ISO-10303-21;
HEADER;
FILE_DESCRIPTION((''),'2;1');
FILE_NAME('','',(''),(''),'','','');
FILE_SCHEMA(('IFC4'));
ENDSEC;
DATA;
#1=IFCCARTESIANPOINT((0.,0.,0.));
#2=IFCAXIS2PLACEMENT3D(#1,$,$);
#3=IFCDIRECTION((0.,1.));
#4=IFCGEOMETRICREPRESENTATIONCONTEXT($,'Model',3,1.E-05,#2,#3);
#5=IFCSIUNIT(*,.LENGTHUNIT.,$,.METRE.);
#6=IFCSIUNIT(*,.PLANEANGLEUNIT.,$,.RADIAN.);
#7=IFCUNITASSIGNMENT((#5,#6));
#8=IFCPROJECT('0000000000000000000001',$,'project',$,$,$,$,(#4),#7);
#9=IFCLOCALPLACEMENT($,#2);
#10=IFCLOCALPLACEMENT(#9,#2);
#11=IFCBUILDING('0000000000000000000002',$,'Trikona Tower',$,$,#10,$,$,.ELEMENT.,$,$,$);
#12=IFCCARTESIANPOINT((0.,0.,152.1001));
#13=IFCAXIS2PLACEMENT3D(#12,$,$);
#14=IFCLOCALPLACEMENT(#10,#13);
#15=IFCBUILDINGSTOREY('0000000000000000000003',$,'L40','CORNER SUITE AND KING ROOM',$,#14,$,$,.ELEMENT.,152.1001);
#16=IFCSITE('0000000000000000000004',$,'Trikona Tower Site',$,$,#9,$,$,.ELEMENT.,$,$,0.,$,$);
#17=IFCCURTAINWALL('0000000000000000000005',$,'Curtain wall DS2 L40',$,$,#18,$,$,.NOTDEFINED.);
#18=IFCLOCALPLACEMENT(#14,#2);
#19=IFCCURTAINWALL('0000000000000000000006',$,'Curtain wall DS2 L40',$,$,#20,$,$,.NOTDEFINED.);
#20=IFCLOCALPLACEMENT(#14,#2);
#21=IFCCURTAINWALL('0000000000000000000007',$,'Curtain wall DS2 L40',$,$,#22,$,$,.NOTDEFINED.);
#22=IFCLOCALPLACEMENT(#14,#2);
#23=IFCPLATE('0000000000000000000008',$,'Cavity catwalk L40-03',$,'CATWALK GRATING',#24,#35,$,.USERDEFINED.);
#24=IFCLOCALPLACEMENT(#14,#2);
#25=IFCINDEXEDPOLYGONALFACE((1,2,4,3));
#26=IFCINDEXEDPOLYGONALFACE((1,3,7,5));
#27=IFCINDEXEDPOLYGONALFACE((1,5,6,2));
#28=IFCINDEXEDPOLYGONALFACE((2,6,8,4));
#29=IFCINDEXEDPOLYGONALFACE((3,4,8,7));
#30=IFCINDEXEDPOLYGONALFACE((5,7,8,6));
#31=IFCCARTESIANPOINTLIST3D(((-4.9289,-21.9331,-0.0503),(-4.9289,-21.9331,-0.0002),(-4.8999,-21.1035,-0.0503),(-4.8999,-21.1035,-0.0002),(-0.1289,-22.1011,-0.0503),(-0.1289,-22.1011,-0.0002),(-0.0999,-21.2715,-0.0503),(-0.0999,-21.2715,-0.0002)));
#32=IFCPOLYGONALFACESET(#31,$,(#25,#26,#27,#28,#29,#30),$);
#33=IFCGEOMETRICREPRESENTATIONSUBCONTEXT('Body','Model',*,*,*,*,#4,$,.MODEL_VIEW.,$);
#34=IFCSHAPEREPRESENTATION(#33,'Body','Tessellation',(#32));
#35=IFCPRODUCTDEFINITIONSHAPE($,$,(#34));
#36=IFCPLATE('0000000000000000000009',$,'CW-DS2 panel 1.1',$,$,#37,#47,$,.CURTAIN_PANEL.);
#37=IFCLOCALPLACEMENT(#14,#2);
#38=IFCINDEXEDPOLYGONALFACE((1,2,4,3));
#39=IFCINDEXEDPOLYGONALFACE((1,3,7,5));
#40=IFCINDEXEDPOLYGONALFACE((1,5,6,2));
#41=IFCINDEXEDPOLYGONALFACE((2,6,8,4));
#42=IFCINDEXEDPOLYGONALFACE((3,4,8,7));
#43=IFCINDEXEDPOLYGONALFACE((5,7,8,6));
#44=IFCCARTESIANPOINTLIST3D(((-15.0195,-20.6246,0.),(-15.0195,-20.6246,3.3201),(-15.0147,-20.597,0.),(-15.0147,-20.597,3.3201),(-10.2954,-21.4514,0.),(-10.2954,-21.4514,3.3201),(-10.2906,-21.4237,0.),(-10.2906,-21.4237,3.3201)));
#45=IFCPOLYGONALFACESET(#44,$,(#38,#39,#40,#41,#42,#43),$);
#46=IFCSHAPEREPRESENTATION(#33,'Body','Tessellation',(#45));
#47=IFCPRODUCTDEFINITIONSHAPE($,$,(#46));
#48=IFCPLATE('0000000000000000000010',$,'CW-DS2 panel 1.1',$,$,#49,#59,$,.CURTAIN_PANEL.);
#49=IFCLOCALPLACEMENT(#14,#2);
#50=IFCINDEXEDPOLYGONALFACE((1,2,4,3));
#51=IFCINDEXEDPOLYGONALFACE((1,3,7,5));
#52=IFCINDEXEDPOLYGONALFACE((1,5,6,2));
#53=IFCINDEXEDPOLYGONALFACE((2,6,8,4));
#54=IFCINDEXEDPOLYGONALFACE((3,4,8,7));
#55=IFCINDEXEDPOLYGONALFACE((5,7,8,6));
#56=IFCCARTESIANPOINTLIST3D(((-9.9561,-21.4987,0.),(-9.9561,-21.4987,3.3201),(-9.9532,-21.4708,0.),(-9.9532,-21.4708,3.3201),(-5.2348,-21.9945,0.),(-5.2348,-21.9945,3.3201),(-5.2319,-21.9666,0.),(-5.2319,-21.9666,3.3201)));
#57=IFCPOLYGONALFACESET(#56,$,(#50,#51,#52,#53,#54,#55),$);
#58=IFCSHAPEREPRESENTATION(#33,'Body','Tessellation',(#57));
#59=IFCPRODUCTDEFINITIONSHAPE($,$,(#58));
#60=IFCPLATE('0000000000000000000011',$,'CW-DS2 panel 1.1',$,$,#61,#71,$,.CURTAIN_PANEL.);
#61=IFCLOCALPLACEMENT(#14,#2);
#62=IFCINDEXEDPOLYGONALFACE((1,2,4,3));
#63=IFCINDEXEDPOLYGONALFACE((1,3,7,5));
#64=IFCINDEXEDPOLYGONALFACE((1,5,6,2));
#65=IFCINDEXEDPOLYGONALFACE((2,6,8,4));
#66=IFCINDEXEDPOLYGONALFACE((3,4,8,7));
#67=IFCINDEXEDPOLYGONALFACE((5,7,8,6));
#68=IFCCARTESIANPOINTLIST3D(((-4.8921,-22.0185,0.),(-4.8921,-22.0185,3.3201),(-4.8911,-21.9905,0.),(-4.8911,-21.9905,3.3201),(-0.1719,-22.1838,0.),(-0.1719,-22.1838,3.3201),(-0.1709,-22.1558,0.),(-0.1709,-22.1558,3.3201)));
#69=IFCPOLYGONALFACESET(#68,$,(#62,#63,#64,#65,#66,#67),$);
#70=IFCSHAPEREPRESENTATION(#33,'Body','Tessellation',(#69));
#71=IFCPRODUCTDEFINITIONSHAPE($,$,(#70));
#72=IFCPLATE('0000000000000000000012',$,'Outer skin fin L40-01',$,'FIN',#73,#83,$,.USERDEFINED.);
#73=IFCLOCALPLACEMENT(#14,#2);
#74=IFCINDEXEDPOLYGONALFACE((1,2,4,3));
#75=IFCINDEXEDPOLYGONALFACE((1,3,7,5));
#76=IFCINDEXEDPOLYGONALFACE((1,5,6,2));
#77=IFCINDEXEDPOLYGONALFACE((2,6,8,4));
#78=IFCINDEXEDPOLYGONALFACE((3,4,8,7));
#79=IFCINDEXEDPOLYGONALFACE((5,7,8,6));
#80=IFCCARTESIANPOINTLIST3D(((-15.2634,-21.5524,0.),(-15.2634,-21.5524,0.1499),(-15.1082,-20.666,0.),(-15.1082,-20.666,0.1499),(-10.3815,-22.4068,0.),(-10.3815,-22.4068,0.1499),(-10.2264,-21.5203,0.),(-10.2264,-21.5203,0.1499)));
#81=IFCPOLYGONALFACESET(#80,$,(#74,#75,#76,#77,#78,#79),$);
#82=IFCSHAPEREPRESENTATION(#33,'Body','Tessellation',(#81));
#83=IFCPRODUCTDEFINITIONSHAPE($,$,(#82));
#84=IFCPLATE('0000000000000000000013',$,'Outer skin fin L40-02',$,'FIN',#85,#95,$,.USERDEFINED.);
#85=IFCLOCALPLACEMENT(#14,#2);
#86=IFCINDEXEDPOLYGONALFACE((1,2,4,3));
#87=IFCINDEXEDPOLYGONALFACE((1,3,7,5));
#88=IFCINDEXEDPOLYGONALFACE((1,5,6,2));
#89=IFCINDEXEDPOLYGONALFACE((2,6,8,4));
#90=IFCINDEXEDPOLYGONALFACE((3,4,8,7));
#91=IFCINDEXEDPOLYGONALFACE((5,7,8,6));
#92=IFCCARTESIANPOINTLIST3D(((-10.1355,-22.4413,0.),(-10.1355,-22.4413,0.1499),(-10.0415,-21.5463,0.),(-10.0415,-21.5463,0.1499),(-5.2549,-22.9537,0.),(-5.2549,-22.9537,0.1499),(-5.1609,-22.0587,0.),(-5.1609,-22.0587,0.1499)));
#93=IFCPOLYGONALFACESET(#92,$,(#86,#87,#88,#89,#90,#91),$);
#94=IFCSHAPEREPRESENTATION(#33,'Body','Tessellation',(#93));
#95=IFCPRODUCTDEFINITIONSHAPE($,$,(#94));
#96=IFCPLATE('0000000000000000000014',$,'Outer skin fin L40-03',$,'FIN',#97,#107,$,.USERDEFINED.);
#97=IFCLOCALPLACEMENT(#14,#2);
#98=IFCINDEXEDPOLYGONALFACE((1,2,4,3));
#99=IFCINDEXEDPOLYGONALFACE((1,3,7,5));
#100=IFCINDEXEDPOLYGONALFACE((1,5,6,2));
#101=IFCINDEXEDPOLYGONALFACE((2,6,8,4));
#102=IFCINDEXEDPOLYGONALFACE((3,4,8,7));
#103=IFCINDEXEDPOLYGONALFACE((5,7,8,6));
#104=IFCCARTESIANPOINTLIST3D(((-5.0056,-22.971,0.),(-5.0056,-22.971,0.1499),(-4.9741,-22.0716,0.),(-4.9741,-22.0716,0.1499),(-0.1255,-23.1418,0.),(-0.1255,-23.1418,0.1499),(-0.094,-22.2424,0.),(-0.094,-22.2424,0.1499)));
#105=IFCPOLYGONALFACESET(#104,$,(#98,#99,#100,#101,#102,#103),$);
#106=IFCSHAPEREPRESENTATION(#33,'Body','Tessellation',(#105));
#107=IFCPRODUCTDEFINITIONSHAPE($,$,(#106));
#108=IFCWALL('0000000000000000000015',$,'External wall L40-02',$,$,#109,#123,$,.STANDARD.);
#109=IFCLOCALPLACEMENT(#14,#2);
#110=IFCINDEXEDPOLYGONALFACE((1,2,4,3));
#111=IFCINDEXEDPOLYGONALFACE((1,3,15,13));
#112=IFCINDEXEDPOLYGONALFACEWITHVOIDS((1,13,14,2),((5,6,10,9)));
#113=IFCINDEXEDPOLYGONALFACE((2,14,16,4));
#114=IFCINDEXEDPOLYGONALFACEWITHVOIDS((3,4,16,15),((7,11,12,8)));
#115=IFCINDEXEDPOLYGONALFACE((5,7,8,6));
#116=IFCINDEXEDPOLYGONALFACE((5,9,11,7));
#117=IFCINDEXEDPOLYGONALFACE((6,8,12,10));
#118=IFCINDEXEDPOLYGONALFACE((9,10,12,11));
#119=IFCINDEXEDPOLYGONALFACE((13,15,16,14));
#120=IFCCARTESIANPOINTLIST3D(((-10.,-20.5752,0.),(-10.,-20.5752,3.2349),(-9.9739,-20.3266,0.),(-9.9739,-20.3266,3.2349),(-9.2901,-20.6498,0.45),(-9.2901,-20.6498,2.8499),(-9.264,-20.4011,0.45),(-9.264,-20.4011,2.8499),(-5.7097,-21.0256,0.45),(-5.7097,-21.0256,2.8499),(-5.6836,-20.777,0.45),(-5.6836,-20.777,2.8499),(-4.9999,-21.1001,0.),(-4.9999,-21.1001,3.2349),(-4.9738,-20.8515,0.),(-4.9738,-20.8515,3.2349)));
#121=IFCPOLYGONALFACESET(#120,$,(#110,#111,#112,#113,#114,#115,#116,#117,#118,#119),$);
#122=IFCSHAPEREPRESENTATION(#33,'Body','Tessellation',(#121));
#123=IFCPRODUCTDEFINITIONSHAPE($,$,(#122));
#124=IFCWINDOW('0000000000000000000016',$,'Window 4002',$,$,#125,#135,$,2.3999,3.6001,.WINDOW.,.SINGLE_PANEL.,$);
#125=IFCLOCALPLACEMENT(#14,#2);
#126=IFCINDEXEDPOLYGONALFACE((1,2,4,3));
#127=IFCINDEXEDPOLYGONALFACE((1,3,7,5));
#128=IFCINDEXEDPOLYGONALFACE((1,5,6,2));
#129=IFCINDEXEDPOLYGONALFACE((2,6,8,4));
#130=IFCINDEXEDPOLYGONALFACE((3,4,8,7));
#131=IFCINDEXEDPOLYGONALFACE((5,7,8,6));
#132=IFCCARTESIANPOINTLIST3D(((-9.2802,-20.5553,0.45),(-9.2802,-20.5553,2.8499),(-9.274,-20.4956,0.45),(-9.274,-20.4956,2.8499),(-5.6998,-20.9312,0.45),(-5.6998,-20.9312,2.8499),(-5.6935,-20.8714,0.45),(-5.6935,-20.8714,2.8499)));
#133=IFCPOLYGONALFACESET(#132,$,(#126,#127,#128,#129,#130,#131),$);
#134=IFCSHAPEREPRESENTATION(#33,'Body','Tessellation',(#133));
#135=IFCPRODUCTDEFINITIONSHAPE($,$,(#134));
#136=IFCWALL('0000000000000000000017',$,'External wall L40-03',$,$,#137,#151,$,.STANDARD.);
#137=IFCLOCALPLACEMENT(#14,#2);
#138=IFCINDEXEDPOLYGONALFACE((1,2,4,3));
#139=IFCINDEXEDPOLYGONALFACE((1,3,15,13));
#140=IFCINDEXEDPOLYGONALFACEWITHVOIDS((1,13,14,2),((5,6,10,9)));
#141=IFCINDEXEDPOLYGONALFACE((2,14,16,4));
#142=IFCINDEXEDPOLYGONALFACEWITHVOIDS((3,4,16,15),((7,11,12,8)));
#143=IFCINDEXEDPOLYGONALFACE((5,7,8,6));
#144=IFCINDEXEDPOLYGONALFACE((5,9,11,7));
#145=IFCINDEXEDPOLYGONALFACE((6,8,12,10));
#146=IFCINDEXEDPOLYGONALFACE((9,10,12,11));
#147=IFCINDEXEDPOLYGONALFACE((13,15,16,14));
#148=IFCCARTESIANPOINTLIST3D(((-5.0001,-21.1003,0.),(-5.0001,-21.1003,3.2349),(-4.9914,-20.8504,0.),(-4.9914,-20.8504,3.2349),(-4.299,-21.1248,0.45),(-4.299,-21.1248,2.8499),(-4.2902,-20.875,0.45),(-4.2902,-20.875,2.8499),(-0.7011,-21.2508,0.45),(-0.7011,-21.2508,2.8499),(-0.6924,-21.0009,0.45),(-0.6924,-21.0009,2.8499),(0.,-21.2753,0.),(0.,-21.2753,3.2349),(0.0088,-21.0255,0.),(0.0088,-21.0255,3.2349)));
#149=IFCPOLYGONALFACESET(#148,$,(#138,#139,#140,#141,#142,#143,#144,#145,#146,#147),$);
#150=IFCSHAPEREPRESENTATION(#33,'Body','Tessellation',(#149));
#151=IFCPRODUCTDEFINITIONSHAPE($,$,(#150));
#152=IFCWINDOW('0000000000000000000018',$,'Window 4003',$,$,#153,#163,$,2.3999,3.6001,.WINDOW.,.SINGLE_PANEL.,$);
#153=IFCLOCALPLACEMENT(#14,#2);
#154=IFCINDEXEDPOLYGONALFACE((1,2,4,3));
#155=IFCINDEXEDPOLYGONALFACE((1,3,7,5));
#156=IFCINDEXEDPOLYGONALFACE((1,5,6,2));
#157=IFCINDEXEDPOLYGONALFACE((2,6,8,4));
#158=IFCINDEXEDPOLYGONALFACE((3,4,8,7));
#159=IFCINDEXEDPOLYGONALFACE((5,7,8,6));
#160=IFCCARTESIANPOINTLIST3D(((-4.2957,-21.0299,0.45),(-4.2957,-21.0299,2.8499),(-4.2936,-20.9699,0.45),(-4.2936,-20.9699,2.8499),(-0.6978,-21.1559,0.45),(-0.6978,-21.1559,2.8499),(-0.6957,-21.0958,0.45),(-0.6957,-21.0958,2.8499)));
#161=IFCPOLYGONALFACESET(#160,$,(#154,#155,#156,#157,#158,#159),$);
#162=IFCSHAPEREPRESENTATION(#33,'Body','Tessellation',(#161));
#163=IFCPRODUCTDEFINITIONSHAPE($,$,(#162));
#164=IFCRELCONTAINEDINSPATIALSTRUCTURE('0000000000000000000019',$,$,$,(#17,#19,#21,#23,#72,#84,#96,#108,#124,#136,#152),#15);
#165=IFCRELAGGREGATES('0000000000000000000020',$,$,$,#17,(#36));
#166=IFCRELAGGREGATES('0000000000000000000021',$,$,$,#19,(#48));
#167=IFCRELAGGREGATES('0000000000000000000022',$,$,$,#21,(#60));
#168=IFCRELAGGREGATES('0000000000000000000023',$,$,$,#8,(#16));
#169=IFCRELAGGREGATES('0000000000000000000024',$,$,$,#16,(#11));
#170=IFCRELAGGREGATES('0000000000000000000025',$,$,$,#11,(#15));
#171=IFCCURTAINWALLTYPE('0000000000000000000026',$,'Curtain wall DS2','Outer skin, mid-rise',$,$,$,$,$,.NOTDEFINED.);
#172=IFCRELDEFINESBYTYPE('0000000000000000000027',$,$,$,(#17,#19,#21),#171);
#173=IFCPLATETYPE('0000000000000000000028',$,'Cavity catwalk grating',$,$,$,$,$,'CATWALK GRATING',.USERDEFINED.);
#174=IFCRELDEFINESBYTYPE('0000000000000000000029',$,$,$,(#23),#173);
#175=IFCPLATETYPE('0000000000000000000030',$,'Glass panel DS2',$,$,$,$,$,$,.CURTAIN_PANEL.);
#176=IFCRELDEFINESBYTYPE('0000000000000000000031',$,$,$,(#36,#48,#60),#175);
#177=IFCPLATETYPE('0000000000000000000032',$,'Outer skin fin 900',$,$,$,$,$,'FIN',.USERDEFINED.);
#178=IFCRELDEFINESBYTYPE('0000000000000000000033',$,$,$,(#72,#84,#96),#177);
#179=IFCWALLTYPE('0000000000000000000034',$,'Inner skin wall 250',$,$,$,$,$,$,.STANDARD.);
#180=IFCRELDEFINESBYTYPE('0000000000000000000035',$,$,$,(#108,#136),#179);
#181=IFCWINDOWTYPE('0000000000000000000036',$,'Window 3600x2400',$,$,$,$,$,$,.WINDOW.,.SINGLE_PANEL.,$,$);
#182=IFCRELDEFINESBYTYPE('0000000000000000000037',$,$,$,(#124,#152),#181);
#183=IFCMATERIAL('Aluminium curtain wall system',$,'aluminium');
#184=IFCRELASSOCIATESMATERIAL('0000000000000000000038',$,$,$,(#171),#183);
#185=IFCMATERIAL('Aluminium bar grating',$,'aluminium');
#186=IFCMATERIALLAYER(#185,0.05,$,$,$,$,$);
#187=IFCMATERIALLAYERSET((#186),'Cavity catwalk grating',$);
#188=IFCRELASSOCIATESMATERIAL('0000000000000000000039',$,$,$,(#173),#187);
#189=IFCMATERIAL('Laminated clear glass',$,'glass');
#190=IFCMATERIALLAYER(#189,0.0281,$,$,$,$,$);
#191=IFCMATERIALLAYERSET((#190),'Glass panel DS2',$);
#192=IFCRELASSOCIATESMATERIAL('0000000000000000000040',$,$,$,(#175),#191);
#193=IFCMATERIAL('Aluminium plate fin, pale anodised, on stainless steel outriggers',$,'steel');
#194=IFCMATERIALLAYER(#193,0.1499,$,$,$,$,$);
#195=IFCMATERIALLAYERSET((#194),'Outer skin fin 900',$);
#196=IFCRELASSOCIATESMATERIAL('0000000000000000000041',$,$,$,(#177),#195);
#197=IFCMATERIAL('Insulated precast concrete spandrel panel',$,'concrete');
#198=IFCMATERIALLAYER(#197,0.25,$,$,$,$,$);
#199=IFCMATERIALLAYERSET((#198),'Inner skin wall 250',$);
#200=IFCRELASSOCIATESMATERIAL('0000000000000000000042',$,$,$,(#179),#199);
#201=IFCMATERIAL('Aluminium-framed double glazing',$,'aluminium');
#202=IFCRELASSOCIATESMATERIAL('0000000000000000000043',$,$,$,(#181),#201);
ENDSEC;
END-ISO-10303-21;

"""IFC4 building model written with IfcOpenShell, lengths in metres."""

from ifc_helpers import new_model, si_unit, direction, frame, frame_2d, origin, origin_2d, place, context, subcontext, project, spatial, rectangle, extrude, material, layer, layer_set, type_object, element, fill, aggregate, save


model = new_model("IFC4")

# Units and contexts
model_context = context("Model", 3, precision=1e-05, world=origin(), true_north=direction((0.0, 1.0)))
body_context = subcontext(model_context, "Body", "Model", "MODEL_VIEW")
ifc_project = project(units=[si_unit("LENGTHUNIT", "METRE"), si_unit("PLANEANGLEUNIT", "RADIAN")], contexts=[model_context])

# Site, building, storey
site_placement = place(None, origin())
site = spatial("IfcSite", under=ifc_project, at=site_placement, Name="Trikona Tower Site", CompositionType="ELEMENT", RefElevation=0.0)
building_placement = place(site_placement, origin())
building = spatial("IfcBuilding", under=site, at=building_placement, Name="Trikona Tower", CompositionType="ELEMENT")
storey_placement = place(building_placement, frame((0.0, 0.0, 152.1001)))
storey = spatial("IfcBuildingStorey", under=building, at=storey_placement, Name="L40", Description="CORNER SUITE AND KING ROOM", CompositionType="ELEMENT", Elevation=152.1001)

# Curtain wall
ifc_material_1 = material(Name="Aluminium curtain wall system", Category="aluminium")
curtain_wall_type = type_object("IfcCurtainWallType", Name="Curtain wall DS2", Description="Outer skin, mid-rise", PredefinedType="NOTDEFINED", material=ifc_material_1)
curtain_wall_1_placement = place(storey_placement, origin())
curtain_wall_1 = element("IfcCurtainWall", 1, at=curtain_wall_1_placement, inside=storey, type_object=curtain_wall_type, Name="Curtain wall DS2 L40", PredefinedType="NOTDEFINED")

# Curtain walls
curtain_wall_2_placement = place(storey_placement, origin())
curtain_wall_2 = element("IfcCurtainWall", 2, at=curtain_wall_2_placement, inside=storey, type_object=curtain_wall_type, Name="Curtain wall DS2 L40", PredefinedType="NOTDEFINED")
curtain_wall_3_placement = place(storey_placement, origin())
curtain_wall_3 = element("IfcCurtainWall", 3, at=curtain_wall_3_placement, inside=storey, type_object=curtain_wall_type, Name="Curtain wall DS2 L40", PredefinedType="NOTDEFINED")

# Plate
ifc_material_2 = material(Name="Aluminium bar grating", Category="aluminium")
ifc_layer_1 = layer(ifc_material_2, 0.05)
ifc_layer_set_1 = layer_set([ifc_layer_1], Name="Cavity catwalk grating")
plate_type_1 = type_object("IfcPlateType", Name="Cavity catwalk grating", ElementType="CATWALK GRATING", PredefinedType="USERDEFINED", material=ifc_layer_set_1)
plate_1_placement = place(storey_placement, frame((-2.5144, -21.6023, -0.0503), z_axis=(0.0, 0.0, 1.0), x_axis=(0.999388, -0.034978, 0.0)))
element("IfcPlate", 4, at=plate_1_placement, inside=storey, type_object=plate_type_1, Name="Cavity catwalk L40-03", ObjectType="CATWALK GRATING", PredefinedType="USERDEFINED", context=body_context, shape_type="SweptSolid", body=[
    extrude(rectangle(XDim=4.803, YDim=0.8301, at=origin_2d()), origin(), (0.0, 0.0, 1.0), 0.05),
])

# Plates
ifc_material_3 = material(Name="Laminated clear glass", Category="glass")
ifc_layer_2 = layer(ifc_material_3, 0.0281)
ifc_layer_set_2 = layer_set([ifc_layer_2], Name="Glass panel DS2")
plate_type_2 = type_object("IfcPlateType", Name="Glass panel DS2", PredefinedType="CURTAIN_PANEL", material=ifc_layer_set_2)
plate_2_placement = place(storey_placement, frame((-12.655, -21.0242, 0.0), z_axis=(0.0, 0.0, 1.0), x_axis=(0.985031, -0.172377, 0.0)))
plate_2 = element("IfcPlate", 5, at=plate_2_placement, type_object=plate_type_2, Name="CW-DS2 panel 1.1", PredefinedType="CURTAIN_PANEL", context=body_context, shape_type="SweptSolid", body=[
    extrude(rectangle(XDim=4.7959, YDim=0.0281, at=origin_2d()), origin(), (0.0, 0.0, 1.0), 3.3201),
])
aggregate(curtain_wall_1, [plate_2])
plate_3_placement = place(storey_placement, frame((-7.594, -21.7327, 0.0), z_axis=(0.0, 0.0, 1.0), x_axis=(0.994532, -0.104433, 0.0)))
plate_3 = element("IfcPlate", 6, at=plate_3_placement, type_object=plate_type_2, Name="CW-DS2 panel 1.1", PredefinedType="CURTAIN_PANEL", context=body_context, shape_type="SweptSolid", body=[
    extrude(rectangle(XDim=4.7473, YDim=0.0281, at=origin_2d()), origin(), (0.0, 0.0, 1.0), 3.3201),
])
aggregate(curtain_wall_2, [plate_3])
plate_4_placement = place(storey_placement, frame((-2.5315, -22.0872, 0.0), z_axis=(0.0, 0.0, 1.0), x_axis=(0.999387, -0.034998, 0.0)))
plate_4 = element("IfcPlate", 7, at=plate_4_placement, type_object=plate_type_2, Name="CW-DS2 panel 1.1", PredefinedType="CURTAIN_PANEL", context=body_context, shape_type="SweptSolid", body=[
    extrude(rectangle(XDim=4.7231, YDim=0.0281, at=origin_2d()), origin(), (0.0, 0.0, 1.0), 3.3201),
])
aggregate(curtain_wall_3, [plate_4])

# Plates
ifc_material_4 = material(Name="Aluminium plate fin, pale anodised, on stainless steel outriggers", Category="steel")
ifc_layer_3 = layer(ifc_material_4, 0.1499)
ifc_layer_set_3 = layer_set([ifc_layer_3], Name="Outer skin fin 900")
plate_type_3 = type_object("IfcPlateType", Name="Outer skin fin 900", ElementType="FIN", PredefinedType="USERDEFINED", material=ifc_layer_set_3)
plate_5_placement = place(storey_placement, frame((-12.7449, -21.5364, 0.0), z_axis=(0.0, 0.0, 1.0), x_axis=(0.985031, -0.17238, 0.0)))
element("IfcPlate", 8, at=plate_5_placement, inside=storey, type_object=plate_type_3, Name="Outer skin fin L40-01", ObjectType="FIN", PredefinedType="USERDEFINED", context=body_context, shape_type="SweptSolid", body=[
    extrude(rectangle(XDim=4.9561, YDim=0.8999, at=origin_2d()), origin(), (0.0, 0.0, 1.0), 0.1499),
])
plate_6_placement = place(storey_placement, frame((-7.6482, -22.25, 0.0), z_axis=(0.0, 0.0, 1.0), x_axis=(0.994533, -0.104426, 0.0)))
element("IfcPlate", 9, at=plate_6_placement, inside=storey, type_object=plate_type_3, Name="Outer skin fin L40-02", ObjectType="FIN", PredefinedType="USERDEFINED", context=body_context, shape_type="SweptSolid", body=[
    extrude(rectangle(XDim=4.9075, YDim=0.8999, at=origin_2d()), origin(), (0.0, 0.0, 1.0), 0.1499),
])
plate_7_placement = place(storey_placement, frame((-2.5498, -22.6067, 0.0), z_axis=(0.0, 0.0, 1.0), x_axis=(0.999388, -0.034978, 0.0)))
element("IfcPlate", 10, at=plate_7_placement, inside=storey, type_object=plate_type_3, Name="Outer skin fin L40-03", ObjectType="FIN", PredefinedType="USERDEFINED", context=body_context, shape_type="SweptSolid", body=[
    extrude(rectangle(XDim=4.8831, YDim=0.8999, at=origin_2d()), origin(), (0.0, 0.0, 1.0), 0.1499),
])

# Walls, openings, windows
ifc_material_5 = material(Name="Insulated precast concrete spandrel panel", Category="concrete")
ifc_layer_4 = layer(ifc_material_5, 0.25)
ifc_layer_set_4 = layer_set([ifc_layer_4], Name="Inner skin wall 250")
wall_type = type_object("IfcWallType", Name="Inner skin wall 250", PredefinedType="STANDARD", material=ifc_layer_set_4)
wall_1_placement = place(storey_placement, frame((-9.9868, -20.4509, 0.0), z_axis=(0.0, 0.0, 1.0), x_axis=(0.994535, -0.104407, 0.0)))
wall_1 = element("IfcWall", 11, at=wall_1_placement, inside=storey, type_object=wall_type, Name="External wall L40-02", PredefinedType="STANDARD", context=body_context, shape_type="SweptSolid", body=[
    extrude(rectangle(XDim=5.0276, YDim=0.25, at=frame_2d((2.5137, 0.0))), origin(), (0.0, 0.0, 1.0), 3.2349),
])
opening_1_placement = place(wall_1_placement, frame((0.7136, 0.0, 0.45)))
opening_1 = element("IfcOpeningElement", 12, at=opening_1_placement, cuts=wall_1, PredefinedType="OPENING", context=body_context, shape_type="SweptSolid", body=[
    extrude(rectangle(XDim=3.6001, YDim=2.3999, at=frame_2d((1.8, 1.2))), frame((0.0, 0.135, 0.0), z_axis=(0.0, -1.0, 0.0), x_axis=(1.0, 0.0, 0.0)), (0.0, 0.0, 1.0), 0.27),
])
ifc_material_6 = material(Name="Aluminium-framed double glazing", Category="aluminium")
window_type = type_object("IfcWindowType", Name="Window 3600x2400", PartitioningType="SINGLE_PANEL", PredefinedType="WINDOW", material=ifc_material_6)
window_1_placement = place(opening_1_placement, origin())
window_1 = element("IfcWindow", 13, at=window_1_placement, inside=storey, type_object=window_type, Name="Window 4002", OverallHeight=2.3999, OverallWidth=3.6001, PartitioningType="SINGLE_PANEL", PredefinedType="WINDOW", context=body_context, shape_type="SweptSolid", body=[
    extrude(rectangle(XDim=3.6001, YDim=2.3999, at=frame_2d((1.8, 1.2))), frame((0.0, 0.03, 0.0), z_axis=(0.0, -1.0, 0.0), x_axis=(1.0, 0.0, 0.0)), (0.0, 0.0, 1.0), 0.0601),
])
fill(opening_1, window_1)
wall_2_placement = place(storey_placement, frame((-4.9956, -20.9753, 0.0), z_axis=(0.0, 0.0, 1.0), x_axis=(0.999388, -0.034988, 0.0)))
wall_2 = element("IfcWall", 14, at=wall_2_placement, inside=storey, type_object=wall_type, Name="External wall L40-03", PredefinedType="STANDARD", context=body_context, shape_type="SweptSolid", body=[
    extrude(rectangle(XDim=5.0032, YDim=0.25, at=frame_2d((2.5015, 0.0))), origin(), (0.0, 0.0, 1.0), 3.2349),
])
opening_2_placement = place(wall_2_placement, frame((0.7014, 0.0, 0.45)))
opening_2 = element("IfcOpeningElement", 15, at=opening_2_placement, cuts=wall_2, PredefinedType="OPENING", context=body_context, shape_type="SweptSolid", body=[
    extrude(rectangle(XDim=3.6001, YDim=2.3999, at=frame_2d((1.8, 1.2))), frame((0.0, 0.135, 0.0), z_axis=(0.0, -1.0, 0.0), x_axis=(1.0, 0.0, 0.0)), (0.0, 0.0, 1.0), 0.27),
])
window_2_placement = place(opening_2_placement, origin())
window_2 = element("IfcWindow", 16, at=window_2_placement, inside=storey, type_object=window_type, Name="Window 4003", OverallHeight=2.3999, OverallWidth=3.6001, PartitioningType="SINGLE_PANEL", PredefinedType="WINDOW", context=body_context, shape_type="SweptSolid", body=[
    extrude(rectangle(XDim=3.6001, YDim=2.3999, at=frame_2d((1.8, 1.2))), frame((0.0, 0.03, 0.0), z_axis=(0.0, -1.0, 0.0), x_axis=(1.0, 0.0, 0.0)), (0.0, 0.0, 1.0), 0.0601),
])
fill(opening_2, window_2)

save(model, "model.ifc")
